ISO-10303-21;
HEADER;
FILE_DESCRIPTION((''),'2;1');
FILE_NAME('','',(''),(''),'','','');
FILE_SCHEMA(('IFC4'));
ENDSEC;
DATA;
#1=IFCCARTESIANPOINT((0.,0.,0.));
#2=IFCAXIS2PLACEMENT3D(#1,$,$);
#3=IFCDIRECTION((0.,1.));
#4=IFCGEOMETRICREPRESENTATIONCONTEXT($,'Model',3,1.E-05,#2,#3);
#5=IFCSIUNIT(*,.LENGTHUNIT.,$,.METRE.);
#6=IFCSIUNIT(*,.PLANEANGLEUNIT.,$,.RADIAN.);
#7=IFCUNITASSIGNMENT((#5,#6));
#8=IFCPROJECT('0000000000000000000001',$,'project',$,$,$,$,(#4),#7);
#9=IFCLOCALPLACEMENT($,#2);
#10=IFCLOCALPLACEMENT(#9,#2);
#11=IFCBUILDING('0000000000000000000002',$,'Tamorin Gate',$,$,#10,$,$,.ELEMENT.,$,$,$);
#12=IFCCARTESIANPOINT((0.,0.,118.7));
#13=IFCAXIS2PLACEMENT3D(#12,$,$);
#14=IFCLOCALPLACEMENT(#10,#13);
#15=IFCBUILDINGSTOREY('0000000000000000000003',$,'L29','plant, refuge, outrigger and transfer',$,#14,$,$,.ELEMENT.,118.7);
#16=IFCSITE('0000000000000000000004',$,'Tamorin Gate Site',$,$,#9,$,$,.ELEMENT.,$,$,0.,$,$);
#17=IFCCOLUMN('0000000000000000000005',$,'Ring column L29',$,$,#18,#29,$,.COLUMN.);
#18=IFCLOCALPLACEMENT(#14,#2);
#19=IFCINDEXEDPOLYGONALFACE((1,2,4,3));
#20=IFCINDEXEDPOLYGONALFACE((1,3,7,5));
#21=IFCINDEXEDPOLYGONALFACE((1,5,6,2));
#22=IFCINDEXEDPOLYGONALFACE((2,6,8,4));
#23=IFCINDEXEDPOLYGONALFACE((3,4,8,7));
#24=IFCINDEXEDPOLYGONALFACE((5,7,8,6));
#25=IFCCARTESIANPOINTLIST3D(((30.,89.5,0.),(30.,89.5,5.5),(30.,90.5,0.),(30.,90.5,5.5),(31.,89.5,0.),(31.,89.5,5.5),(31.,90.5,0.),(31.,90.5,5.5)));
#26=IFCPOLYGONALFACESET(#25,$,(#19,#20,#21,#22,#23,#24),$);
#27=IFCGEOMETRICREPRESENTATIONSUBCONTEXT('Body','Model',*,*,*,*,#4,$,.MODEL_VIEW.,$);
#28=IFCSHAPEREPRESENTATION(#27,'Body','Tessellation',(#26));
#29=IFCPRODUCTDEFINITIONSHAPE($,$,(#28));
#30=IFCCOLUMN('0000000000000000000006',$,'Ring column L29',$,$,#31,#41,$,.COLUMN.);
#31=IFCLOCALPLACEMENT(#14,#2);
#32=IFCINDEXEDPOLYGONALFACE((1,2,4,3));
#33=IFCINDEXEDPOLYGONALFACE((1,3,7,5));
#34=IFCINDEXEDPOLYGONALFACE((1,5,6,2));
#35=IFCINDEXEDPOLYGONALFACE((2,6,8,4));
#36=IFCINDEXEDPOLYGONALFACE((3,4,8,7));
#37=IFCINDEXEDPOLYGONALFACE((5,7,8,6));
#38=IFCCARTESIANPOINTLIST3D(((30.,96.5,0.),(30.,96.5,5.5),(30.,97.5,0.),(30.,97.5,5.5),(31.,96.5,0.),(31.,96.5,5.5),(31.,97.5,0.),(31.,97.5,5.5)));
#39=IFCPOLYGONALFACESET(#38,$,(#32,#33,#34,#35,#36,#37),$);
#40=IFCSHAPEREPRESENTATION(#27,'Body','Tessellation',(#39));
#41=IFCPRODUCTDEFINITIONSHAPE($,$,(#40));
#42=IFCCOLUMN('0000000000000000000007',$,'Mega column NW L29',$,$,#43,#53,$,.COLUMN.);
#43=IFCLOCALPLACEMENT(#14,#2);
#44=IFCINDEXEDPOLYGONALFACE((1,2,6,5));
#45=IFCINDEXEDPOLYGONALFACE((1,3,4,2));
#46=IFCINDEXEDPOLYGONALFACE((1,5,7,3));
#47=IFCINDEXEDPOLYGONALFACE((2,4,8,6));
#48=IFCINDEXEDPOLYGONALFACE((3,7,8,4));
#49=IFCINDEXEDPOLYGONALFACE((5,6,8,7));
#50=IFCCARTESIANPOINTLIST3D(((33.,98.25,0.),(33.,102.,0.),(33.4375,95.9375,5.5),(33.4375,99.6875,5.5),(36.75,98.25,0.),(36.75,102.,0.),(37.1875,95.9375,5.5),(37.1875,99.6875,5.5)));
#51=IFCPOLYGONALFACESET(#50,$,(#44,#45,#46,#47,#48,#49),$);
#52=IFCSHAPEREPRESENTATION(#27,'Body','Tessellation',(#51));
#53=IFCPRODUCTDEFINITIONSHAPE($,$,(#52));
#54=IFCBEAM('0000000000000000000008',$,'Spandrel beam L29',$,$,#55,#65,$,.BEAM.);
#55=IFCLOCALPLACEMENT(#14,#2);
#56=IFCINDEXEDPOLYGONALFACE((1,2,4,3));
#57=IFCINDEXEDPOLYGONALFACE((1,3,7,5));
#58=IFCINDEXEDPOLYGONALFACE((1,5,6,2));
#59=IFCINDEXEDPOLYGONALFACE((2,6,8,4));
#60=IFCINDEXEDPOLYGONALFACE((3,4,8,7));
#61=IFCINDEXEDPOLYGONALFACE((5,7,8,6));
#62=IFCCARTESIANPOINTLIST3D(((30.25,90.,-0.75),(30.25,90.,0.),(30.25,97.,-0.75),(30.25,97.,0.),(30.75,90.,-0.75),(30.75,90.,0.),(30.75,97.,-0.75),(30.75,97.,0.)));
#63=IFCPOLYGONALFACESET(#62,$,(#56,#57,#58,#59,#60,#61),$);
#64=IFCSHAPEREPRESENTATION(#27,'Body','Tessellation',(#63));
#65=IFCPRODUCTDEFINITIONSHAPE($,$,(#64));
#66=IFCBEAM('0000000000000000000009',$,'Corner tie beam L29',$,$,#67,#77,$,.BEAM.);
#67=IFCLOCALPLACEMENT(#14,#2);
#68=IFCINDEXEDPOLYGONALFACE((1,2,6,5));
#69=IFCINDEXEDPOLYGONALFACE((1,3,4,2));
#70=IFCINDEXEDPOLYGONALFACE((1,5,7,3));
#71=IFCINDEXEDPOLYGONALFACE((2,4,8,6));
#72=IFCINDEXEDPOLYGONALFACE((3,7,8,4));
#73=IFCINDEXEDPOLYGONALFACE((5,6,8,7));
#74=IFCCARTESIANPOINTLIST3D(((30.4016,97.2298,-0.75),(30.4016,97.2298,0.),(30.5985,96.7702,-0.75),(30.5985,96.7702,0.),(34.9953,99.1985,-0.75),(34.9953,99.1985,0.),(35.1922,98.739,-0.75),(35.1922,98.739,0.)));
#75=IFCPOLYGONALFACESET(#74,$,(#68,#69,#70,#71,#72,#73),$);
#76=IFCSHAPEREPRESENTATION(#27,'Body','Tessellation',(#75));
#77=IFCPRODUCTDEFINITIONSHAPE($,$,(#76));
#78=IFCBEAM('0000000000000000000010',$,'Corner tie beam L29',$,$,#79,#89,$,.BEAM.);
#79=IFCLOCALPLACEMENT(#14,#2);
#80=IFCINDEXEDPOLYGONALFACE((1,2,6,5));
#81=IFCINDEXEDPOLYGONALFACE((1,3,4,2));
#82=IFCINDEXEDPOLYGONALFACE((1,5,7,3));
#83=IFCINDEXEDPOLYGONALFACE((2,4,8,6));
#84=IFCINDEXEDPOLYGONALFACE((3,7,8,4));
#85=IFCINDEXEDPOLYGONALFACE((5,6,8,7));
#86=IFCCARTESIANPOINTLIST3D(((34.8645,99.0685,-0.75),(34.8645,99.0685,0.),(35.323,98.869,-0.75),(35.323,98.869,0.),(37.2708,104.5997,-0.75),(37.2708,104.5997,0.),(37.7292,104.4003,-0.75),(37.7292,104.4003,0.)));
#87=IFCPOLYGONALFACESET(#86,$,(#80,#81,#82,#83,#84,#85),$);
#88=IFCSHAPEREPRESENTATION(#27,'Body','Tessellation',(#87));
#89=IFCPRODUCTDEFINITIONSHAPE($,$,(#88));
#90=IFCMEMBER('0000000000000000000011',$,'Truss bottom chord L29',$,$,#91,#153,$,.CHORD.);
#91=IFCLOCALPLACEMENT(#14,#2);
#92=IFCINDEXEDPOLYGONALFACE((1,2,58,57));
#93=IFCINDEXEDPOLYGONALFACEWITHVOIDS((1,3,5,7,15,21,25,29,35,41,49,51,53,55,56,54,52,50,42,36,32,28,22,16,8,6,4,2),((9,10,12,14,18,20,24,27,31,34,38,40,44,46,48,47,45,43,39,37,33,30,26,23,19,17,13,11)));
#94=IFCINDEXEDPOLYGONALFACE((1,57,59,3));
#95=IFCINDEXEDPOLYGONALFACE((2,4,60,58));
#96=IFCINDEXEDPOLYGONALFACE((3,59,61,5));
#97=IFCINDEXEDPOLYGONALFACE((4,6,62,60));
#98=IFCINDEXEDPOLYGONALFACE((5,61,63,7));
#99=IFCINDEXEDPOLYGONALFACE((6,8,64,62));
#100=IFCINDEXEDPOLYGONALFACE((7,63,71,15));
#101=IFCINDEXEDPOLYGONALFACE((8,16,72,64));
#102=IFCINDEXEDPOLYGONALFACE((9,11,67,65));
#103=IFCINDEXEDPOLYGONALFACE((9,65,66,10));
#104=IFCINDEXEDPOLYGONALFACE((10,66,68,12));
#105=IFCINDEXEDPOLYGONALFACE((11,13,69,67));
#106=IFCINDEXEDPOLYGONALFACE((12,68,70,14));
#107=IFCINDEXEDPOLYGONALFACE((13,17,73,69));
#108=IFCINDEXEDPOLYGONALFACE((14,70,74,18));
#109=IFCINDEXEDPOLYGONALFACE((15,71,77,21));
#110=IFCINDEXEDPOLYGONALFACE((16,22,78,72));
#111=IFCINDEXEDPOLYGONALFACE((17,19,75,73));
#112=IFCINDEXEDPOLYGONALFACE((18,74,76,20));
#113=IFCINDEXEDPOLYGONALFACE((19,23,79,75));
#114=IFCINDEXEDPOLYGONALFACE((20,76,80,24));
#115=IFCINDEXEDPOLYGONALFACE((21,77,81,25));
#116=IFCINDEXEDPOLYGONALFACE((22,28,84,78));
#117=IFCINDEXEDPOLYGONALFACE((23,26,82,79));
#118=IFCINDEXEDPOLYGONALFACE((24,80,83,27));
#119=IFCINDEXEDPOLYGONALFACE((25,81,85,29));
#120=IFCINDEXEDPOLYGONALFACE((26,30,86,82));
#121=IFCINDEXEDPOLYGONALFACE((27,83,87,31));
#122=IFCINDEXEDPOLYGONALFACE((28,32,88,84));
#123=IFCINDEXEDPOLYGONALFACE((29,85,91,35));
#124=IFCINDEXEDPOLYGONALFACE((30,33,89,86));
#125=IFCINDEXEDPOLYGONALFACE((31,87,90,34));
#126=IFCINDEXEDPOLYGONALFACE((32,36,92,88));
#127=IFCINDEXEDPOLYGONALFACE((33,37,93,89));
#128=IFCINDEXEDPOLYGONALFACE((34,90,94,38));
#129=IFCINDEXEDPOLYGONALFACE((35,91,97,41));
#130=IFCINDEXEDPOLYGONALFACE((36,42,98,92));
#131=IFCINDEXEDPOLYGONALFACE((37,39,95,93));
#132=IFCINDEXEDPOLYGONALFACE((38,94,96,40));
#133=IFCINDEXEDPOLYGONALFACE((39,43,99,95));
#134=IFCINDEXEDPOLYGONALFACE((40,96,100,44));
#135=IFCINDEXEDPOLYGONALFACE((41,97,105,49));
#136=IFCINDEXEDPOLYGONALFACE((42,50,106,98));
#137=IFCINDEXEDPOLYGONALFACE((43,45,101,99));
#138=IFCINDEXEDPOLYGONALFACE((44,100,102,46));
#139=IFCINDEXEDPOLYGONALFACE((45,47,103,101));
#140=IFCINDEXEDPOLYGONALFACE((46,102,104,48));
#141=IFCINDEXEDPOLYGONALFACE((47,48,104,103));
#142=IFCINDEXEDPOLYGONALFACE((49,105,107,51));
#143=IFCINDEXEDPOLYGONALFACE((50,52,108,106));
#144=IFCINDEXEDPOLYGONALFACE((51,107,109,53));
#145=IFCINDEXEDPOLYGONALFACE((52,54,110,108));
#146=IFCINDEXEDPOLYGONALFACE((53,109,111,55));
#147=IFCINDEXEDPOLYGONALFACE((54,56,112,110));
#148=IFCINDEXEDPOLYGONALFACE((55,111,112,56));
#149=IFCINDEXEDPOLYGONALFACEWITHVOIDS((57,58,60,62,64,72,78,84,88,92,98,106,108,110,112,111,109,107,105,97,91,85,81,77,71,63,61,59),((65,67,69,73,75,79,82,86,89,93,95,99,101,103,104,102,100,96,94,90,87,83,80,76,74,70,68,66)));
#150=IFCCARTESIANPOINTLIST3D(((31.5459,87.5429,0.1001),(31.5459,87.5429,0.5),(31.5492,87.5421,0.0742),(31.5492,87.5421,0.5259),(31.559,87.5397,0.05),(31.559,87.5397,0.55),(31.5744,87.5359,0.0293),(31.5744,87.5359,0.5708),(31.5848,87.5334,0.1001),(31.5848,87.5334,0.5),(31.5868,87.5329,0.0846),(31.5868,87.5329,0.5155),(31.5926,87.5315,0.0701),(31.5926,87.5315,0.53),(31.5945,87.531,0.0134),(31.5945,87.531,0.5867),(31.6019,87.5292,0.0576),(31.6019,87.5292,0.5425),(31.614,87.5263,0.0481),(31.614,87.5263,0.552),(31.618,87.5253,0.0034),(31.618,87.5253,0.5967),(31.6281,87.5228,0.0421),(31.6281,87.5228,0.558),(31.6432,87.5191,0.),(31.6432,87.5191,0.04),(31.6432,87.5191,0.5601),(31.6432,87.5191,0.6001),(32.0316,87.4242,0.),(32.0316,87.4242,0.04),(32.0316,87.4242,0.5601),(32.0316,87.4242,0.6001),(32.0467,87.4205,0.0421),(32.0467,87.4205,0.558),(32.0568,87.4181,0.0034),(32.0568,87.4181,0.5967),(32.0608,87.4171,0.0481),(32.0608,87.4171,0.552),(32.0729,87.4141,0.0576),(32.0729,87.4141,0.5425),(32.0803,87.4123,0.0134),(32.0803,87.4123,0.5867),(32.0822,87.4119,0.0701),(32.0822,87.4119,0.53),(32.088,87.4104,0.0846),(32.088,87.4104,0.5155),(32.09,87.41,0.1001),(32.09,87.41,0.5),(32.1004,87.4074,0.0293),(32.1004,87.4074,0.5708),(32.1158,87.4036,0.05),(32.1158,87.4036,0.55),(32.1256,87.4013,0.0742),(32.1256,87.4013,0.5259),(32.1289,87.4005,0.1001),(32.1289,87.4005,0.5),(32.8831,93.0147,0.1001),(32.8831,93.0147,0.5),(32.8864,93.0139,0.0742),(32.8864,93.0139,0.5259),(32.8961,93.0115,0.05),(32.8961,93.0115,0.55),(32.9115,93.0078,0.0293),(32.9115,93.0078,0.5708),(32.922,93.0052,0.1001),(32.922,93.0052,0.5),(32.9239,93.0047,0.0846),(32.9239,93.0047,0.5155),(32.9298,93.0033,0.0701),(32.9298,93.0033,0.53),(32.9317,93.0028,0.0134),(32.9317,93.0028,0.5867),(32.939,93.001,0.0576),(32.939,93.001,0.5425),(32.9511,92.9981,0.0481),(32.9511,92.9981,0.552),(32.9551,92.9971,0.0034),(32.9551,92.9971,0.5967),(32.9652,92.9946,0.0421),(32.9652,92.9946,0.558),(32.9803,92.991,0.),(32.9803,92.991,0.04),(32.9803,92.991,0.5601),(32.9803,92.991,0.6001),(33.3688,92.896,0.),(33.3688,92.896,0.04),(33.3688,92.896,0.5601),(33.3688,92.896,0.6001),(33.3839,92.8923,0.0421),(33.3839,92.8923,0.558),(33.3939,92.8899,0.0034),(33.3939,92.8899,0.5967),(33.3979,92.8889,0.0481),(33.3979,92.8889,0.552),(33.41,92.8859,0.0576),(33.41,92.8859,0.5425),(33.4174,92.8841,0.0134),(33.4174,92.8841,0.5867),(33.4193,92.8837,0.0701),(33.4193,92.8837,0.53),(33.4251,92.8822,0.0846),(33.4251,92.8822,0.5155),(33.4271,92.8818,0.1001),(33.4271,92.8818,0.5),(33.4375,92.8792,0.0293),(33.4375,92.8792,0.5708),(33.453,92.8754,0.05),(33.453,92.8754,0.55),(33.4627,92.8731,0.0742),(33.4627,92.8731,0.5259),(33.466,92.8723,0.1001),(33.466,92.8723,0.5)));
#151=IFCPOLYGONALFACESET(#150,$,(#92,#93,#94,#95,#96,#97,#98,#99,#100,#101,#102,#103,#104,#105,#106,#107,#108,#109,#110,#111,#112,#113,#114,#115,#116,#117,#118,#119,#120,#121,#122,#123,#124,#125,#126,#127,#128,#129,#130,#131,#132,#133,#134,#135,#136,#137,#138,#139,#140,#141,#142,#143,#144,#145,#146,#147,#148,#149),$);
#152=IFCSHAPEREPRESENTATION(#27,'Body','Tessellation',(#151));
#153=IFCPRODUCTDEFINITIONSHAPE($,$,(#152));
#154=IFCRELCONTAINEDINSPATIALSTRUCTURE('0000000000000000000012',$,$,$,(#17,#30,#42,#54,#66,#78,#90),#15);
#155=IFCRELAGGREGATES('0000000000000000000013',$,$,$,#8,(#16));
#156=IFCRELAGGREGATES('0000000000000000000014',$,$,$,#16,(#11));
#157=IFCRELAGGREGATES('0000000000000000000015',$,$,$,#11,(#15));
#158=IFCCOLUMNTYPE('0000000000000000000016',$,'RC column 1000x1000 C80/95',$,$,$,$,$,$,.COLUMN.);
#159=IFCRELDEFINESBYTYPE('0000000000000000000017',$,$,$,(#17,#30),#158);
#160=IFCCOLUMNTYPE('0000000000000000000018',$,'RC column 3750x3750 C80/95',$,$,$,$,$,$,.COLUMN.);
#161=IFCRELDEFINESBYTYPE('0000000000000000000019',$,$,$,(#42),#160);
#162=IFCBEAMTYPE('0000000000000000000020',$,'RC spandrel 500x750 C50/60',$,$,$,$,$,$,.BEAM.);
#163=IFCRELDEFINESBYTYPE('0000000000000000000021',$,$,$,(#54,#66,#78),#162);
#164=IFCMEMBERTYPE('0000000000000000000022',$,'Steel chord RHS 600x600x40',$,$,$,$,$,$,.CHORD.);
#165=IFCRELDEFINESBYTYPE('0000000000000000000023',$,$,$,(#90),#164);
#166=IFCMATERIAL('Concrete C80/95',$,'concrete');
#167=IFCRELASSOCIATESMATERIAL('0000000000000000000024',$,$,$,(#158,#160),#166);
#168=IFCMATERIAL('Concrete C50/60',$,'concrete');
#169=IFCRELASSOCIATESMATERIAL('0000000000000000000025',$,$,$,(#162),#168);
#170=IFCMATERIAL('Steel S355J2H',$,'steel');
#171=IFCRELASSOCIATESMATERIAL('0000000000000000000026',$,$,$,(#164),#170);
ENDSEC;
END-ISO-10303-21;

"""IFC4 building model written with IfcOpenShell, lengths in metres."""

from ifc_helpers import new_model, si_unit, direction, frame, origin, origin_2d, place, context, subcontext, project, spatial, rectangle, hollow_rectangle, extrude, material, material_profile, profile_set, type_object, element, save


model = new_model("IFC4")

# Units and contexts
model_context = context("Model", 3, precision=1e-05, world=origin(), true_north=direction((0.0, 1.0)))
body_context = subcontext(model_context, "Body", "Model", "MODEL_VIEW")
ifc_project = project(units=[si_unit("LENGTHUNIT", "METRE"), si_unit("PLANEANGLEUNIT", "RADIAN")], contexts=[model_context])

# Site, building, storey
site_placement = place(None, origin())
site = spatial("IfcSite", under=ifc_project, at=site_placement, Name="Tamorin Gate Site", CompositionType="ELEMENT", RefElevation=0.0)
building_placement = place(site_placement, origin())
building = spatial("IfcBuilding", under=site, at=building_placement, Name="Tamorin Gate", CompositionType="ELEMENT")
storey_placement = place(building_placement, frame((0.0, 0.0, 118.7)))
storey = spatial("IfcBuildingStorey", under=building, at=storey_placement, Name="L29", Description="plant, refuge, outrigger and transfer", CompositionType="ELEMENT", Elevation=118.7)

# Columns
ifc_material_1 = material(Name="Concrete C80/95", Category="concrete")
ifc_material_profile_1 = material_profile(ifc_material_1, rectangle(XDim=1.0, YDim=1.0, at=origin_2d()), Name="RC 1000x1000")
ifc_profile_set_1 = profile_set([ifc_material_profile_1], Name="Concrete C80/95")
column_type_1 = type_object("IfcColumnType", Name="RC column 1000x1000 C80/95", PredefinedType="COLUMN", material=ifc_profile_set_1)
for number, where, z_axis, x_axis, name in (
    (1, (30.5, 90.0, 0.0), (0.0, 0.0, 1.0), (1.0, 0.0, 0.0), "Ring column L29"),
    (2, (30.5, 97.0, 0.0), (0.0, 0.0, 1.0), (1.0, 0.0, 0.0), "Ring column L29"),
):
    element("IfcColumn", number, at=place(storey_placement, frame(where, z_axis=z_axis, x_axis=x_axis)), inside=storey, type_object=column_type_1, Name=name, PredefinedType="COLUMN", context=body_context, shape_type="SweptSolid", body=[
        extrude(rectangle(XDim=1.0, YDim=1.0, at=origin_2d()), origin(), (0.0, 0.0, 1.0), 5.5),
    ])
ifc_material_profile_2 = material_profile(ifc_material_1, rectangle(XDim=3.75, YDim=3.75, at=origin_2d()), Name="RC 3750x3750")
ifc_profile_set_2 = profile_set([ifc_material_profile_2], Name="Concrete C80/95")
column_type_2 = type_object("IfcColumnType", Name="RC column 3750x3750 C80/95", PredefinedType="COLUMN", material=ifc_profile_set_2)
column_placement = place(storey_placement, frame((34.875, 100.125, 0.0), z_axis=(0.0, 0.0, 1.0), x_axis=(0.0, -1.0, 0.0)))
element("IfcColumn", 3, at=column_placement, inside=storey, type_object=column_type_2, Name="Mega column NW L29", PredefinedType="COLUMN", context=body_context, shape_type="SweptSolid", body=[
    extrude(rectangle(XDim=3.75, YDim=3.75, at=origin_2d()), origin(), (0.386551, 0.073131, 0.919364), 5.9824),
])

# Beams
ifc_material_2 = material(Name="Concrete C50/60", Category="concrete")
ifc_material_profile_3 = material_profile(ifc_material_2, rectangle(XDim=0.5, YDim=0.75, at=origin_2d()), Name="RC 500x750")
ifc_profile_set_3 = profile_set([ifc_material_profile_3], Name="Concrete C50/60")
beam_type = type_object("IfcBeamType", Name="RC spandrel 500x750 C50/60", PredefinedType="BEAM", material=ifc_profile_set_3)
beam_1_placement = place(storey_placement, frame((30.5, 97.0, -0.375), z_axis=(0.0, -1.0, 0.0), x_axis=(1.0, 0.0, 0.0)))
element("IfcBeam", 4, at=beam_1_placement, inside=storey, type_object=beam_type, Name="Spandrel beam L29", PredefinedType="BEAM", context=body_context, shape_type="SweptSolid", body=[
    extrude(rectangle(XDim=0.5, YDim=0.75, at=origin_2d()), origin(), (0.0, 0.0, 1.0), 7.0),
])
beam_2_placement = place(storey_placement, frame((35.0938, 98.9688, -0.375), z_axis=(-0.919145, -0.393919, 0.0), x_axis=(0.393919, -0.919145, 0.0)))
element("IfcBeam", 5, at=beam_2_placement, inside=storey, type_object=beam_type, Name="Corner tie beam L29", PredefinedType="BEAM", context=body_context, shape_type="SweptSolid", body=[
    extrude(rectangle(XDim=0.5, YDim=0.75, at=origin_2d()), origin(), (0.0, 0.0, 1.0), 4.9978),
])
beam_3_placement = place(storey_placement, frame((35.0938, 98.9688, -0.375), z_axis=(0.398916, 0.916988, 0.0), x_axis=(-0.916988, 0.398916, 0.0)))
element("IfcBeam", 6, at=beam_3_placement, inside=storey, type_object=beam_type, Name="Corner tie beam L29", PredefinedType="BEAM", context=body_context, shape_type="SweptSolid", body=[
    extrude(rectangle(XDim=0.5, YDim=0.75, at=origin_2d()), origin(), (0.0, 0.0, 1.0), 6.032),
])

# Member
ifc_material_3 = material(Name="Steel S355J2H", Category="steel")
ifc_material_profile_4 = material_profile(ifc_material_3, hollow_rectangle(XDim=0.6001, YDim=0.6001, WallThickness=0.04, InnerFilletRadius=0.0601, OuterFilletRadius=0.1001, at=origin_2d()), Name="RHS 600x600x40")
ifc_profile_set_4 = profile_set([ifc_material_profile_4], Name="Steel S355J2H")
member_type_1 = type_object("IfcMemberType", Name="Steel chord RHS 600x600x40", PredefinedType="CHORD", material=ifc_profile_set_4)
for number, where, z_axis, x_axis, name in (
    (7, (31.8374, 87.4717, 0.3), (0.237382, 0.971416, 0.0), (-0.971416, 0.237382, 0.0), "Truss bottom chord L29"),
):
    element("IfcMember", number, at=place(storey_placement, frame(where, z_axis=z_axis, x_axis=x_axis)), inside=storey, type_object=member_type_1, Name=name, PredefinedType="CHORD", context=body_context, shape_type="SweptSolid", body=[
        extrude(hollow_rectangle(XDim=0.6001, YDim=0.6001, WallThickness=0.04, InnerFilletRadius=0.0601, OuterFilletRadius=0.1001, at=origin_2d()), origin(), (0.0, 0.0, 1.0), 5.6328),
    ])

save(model, "model.ifc")
